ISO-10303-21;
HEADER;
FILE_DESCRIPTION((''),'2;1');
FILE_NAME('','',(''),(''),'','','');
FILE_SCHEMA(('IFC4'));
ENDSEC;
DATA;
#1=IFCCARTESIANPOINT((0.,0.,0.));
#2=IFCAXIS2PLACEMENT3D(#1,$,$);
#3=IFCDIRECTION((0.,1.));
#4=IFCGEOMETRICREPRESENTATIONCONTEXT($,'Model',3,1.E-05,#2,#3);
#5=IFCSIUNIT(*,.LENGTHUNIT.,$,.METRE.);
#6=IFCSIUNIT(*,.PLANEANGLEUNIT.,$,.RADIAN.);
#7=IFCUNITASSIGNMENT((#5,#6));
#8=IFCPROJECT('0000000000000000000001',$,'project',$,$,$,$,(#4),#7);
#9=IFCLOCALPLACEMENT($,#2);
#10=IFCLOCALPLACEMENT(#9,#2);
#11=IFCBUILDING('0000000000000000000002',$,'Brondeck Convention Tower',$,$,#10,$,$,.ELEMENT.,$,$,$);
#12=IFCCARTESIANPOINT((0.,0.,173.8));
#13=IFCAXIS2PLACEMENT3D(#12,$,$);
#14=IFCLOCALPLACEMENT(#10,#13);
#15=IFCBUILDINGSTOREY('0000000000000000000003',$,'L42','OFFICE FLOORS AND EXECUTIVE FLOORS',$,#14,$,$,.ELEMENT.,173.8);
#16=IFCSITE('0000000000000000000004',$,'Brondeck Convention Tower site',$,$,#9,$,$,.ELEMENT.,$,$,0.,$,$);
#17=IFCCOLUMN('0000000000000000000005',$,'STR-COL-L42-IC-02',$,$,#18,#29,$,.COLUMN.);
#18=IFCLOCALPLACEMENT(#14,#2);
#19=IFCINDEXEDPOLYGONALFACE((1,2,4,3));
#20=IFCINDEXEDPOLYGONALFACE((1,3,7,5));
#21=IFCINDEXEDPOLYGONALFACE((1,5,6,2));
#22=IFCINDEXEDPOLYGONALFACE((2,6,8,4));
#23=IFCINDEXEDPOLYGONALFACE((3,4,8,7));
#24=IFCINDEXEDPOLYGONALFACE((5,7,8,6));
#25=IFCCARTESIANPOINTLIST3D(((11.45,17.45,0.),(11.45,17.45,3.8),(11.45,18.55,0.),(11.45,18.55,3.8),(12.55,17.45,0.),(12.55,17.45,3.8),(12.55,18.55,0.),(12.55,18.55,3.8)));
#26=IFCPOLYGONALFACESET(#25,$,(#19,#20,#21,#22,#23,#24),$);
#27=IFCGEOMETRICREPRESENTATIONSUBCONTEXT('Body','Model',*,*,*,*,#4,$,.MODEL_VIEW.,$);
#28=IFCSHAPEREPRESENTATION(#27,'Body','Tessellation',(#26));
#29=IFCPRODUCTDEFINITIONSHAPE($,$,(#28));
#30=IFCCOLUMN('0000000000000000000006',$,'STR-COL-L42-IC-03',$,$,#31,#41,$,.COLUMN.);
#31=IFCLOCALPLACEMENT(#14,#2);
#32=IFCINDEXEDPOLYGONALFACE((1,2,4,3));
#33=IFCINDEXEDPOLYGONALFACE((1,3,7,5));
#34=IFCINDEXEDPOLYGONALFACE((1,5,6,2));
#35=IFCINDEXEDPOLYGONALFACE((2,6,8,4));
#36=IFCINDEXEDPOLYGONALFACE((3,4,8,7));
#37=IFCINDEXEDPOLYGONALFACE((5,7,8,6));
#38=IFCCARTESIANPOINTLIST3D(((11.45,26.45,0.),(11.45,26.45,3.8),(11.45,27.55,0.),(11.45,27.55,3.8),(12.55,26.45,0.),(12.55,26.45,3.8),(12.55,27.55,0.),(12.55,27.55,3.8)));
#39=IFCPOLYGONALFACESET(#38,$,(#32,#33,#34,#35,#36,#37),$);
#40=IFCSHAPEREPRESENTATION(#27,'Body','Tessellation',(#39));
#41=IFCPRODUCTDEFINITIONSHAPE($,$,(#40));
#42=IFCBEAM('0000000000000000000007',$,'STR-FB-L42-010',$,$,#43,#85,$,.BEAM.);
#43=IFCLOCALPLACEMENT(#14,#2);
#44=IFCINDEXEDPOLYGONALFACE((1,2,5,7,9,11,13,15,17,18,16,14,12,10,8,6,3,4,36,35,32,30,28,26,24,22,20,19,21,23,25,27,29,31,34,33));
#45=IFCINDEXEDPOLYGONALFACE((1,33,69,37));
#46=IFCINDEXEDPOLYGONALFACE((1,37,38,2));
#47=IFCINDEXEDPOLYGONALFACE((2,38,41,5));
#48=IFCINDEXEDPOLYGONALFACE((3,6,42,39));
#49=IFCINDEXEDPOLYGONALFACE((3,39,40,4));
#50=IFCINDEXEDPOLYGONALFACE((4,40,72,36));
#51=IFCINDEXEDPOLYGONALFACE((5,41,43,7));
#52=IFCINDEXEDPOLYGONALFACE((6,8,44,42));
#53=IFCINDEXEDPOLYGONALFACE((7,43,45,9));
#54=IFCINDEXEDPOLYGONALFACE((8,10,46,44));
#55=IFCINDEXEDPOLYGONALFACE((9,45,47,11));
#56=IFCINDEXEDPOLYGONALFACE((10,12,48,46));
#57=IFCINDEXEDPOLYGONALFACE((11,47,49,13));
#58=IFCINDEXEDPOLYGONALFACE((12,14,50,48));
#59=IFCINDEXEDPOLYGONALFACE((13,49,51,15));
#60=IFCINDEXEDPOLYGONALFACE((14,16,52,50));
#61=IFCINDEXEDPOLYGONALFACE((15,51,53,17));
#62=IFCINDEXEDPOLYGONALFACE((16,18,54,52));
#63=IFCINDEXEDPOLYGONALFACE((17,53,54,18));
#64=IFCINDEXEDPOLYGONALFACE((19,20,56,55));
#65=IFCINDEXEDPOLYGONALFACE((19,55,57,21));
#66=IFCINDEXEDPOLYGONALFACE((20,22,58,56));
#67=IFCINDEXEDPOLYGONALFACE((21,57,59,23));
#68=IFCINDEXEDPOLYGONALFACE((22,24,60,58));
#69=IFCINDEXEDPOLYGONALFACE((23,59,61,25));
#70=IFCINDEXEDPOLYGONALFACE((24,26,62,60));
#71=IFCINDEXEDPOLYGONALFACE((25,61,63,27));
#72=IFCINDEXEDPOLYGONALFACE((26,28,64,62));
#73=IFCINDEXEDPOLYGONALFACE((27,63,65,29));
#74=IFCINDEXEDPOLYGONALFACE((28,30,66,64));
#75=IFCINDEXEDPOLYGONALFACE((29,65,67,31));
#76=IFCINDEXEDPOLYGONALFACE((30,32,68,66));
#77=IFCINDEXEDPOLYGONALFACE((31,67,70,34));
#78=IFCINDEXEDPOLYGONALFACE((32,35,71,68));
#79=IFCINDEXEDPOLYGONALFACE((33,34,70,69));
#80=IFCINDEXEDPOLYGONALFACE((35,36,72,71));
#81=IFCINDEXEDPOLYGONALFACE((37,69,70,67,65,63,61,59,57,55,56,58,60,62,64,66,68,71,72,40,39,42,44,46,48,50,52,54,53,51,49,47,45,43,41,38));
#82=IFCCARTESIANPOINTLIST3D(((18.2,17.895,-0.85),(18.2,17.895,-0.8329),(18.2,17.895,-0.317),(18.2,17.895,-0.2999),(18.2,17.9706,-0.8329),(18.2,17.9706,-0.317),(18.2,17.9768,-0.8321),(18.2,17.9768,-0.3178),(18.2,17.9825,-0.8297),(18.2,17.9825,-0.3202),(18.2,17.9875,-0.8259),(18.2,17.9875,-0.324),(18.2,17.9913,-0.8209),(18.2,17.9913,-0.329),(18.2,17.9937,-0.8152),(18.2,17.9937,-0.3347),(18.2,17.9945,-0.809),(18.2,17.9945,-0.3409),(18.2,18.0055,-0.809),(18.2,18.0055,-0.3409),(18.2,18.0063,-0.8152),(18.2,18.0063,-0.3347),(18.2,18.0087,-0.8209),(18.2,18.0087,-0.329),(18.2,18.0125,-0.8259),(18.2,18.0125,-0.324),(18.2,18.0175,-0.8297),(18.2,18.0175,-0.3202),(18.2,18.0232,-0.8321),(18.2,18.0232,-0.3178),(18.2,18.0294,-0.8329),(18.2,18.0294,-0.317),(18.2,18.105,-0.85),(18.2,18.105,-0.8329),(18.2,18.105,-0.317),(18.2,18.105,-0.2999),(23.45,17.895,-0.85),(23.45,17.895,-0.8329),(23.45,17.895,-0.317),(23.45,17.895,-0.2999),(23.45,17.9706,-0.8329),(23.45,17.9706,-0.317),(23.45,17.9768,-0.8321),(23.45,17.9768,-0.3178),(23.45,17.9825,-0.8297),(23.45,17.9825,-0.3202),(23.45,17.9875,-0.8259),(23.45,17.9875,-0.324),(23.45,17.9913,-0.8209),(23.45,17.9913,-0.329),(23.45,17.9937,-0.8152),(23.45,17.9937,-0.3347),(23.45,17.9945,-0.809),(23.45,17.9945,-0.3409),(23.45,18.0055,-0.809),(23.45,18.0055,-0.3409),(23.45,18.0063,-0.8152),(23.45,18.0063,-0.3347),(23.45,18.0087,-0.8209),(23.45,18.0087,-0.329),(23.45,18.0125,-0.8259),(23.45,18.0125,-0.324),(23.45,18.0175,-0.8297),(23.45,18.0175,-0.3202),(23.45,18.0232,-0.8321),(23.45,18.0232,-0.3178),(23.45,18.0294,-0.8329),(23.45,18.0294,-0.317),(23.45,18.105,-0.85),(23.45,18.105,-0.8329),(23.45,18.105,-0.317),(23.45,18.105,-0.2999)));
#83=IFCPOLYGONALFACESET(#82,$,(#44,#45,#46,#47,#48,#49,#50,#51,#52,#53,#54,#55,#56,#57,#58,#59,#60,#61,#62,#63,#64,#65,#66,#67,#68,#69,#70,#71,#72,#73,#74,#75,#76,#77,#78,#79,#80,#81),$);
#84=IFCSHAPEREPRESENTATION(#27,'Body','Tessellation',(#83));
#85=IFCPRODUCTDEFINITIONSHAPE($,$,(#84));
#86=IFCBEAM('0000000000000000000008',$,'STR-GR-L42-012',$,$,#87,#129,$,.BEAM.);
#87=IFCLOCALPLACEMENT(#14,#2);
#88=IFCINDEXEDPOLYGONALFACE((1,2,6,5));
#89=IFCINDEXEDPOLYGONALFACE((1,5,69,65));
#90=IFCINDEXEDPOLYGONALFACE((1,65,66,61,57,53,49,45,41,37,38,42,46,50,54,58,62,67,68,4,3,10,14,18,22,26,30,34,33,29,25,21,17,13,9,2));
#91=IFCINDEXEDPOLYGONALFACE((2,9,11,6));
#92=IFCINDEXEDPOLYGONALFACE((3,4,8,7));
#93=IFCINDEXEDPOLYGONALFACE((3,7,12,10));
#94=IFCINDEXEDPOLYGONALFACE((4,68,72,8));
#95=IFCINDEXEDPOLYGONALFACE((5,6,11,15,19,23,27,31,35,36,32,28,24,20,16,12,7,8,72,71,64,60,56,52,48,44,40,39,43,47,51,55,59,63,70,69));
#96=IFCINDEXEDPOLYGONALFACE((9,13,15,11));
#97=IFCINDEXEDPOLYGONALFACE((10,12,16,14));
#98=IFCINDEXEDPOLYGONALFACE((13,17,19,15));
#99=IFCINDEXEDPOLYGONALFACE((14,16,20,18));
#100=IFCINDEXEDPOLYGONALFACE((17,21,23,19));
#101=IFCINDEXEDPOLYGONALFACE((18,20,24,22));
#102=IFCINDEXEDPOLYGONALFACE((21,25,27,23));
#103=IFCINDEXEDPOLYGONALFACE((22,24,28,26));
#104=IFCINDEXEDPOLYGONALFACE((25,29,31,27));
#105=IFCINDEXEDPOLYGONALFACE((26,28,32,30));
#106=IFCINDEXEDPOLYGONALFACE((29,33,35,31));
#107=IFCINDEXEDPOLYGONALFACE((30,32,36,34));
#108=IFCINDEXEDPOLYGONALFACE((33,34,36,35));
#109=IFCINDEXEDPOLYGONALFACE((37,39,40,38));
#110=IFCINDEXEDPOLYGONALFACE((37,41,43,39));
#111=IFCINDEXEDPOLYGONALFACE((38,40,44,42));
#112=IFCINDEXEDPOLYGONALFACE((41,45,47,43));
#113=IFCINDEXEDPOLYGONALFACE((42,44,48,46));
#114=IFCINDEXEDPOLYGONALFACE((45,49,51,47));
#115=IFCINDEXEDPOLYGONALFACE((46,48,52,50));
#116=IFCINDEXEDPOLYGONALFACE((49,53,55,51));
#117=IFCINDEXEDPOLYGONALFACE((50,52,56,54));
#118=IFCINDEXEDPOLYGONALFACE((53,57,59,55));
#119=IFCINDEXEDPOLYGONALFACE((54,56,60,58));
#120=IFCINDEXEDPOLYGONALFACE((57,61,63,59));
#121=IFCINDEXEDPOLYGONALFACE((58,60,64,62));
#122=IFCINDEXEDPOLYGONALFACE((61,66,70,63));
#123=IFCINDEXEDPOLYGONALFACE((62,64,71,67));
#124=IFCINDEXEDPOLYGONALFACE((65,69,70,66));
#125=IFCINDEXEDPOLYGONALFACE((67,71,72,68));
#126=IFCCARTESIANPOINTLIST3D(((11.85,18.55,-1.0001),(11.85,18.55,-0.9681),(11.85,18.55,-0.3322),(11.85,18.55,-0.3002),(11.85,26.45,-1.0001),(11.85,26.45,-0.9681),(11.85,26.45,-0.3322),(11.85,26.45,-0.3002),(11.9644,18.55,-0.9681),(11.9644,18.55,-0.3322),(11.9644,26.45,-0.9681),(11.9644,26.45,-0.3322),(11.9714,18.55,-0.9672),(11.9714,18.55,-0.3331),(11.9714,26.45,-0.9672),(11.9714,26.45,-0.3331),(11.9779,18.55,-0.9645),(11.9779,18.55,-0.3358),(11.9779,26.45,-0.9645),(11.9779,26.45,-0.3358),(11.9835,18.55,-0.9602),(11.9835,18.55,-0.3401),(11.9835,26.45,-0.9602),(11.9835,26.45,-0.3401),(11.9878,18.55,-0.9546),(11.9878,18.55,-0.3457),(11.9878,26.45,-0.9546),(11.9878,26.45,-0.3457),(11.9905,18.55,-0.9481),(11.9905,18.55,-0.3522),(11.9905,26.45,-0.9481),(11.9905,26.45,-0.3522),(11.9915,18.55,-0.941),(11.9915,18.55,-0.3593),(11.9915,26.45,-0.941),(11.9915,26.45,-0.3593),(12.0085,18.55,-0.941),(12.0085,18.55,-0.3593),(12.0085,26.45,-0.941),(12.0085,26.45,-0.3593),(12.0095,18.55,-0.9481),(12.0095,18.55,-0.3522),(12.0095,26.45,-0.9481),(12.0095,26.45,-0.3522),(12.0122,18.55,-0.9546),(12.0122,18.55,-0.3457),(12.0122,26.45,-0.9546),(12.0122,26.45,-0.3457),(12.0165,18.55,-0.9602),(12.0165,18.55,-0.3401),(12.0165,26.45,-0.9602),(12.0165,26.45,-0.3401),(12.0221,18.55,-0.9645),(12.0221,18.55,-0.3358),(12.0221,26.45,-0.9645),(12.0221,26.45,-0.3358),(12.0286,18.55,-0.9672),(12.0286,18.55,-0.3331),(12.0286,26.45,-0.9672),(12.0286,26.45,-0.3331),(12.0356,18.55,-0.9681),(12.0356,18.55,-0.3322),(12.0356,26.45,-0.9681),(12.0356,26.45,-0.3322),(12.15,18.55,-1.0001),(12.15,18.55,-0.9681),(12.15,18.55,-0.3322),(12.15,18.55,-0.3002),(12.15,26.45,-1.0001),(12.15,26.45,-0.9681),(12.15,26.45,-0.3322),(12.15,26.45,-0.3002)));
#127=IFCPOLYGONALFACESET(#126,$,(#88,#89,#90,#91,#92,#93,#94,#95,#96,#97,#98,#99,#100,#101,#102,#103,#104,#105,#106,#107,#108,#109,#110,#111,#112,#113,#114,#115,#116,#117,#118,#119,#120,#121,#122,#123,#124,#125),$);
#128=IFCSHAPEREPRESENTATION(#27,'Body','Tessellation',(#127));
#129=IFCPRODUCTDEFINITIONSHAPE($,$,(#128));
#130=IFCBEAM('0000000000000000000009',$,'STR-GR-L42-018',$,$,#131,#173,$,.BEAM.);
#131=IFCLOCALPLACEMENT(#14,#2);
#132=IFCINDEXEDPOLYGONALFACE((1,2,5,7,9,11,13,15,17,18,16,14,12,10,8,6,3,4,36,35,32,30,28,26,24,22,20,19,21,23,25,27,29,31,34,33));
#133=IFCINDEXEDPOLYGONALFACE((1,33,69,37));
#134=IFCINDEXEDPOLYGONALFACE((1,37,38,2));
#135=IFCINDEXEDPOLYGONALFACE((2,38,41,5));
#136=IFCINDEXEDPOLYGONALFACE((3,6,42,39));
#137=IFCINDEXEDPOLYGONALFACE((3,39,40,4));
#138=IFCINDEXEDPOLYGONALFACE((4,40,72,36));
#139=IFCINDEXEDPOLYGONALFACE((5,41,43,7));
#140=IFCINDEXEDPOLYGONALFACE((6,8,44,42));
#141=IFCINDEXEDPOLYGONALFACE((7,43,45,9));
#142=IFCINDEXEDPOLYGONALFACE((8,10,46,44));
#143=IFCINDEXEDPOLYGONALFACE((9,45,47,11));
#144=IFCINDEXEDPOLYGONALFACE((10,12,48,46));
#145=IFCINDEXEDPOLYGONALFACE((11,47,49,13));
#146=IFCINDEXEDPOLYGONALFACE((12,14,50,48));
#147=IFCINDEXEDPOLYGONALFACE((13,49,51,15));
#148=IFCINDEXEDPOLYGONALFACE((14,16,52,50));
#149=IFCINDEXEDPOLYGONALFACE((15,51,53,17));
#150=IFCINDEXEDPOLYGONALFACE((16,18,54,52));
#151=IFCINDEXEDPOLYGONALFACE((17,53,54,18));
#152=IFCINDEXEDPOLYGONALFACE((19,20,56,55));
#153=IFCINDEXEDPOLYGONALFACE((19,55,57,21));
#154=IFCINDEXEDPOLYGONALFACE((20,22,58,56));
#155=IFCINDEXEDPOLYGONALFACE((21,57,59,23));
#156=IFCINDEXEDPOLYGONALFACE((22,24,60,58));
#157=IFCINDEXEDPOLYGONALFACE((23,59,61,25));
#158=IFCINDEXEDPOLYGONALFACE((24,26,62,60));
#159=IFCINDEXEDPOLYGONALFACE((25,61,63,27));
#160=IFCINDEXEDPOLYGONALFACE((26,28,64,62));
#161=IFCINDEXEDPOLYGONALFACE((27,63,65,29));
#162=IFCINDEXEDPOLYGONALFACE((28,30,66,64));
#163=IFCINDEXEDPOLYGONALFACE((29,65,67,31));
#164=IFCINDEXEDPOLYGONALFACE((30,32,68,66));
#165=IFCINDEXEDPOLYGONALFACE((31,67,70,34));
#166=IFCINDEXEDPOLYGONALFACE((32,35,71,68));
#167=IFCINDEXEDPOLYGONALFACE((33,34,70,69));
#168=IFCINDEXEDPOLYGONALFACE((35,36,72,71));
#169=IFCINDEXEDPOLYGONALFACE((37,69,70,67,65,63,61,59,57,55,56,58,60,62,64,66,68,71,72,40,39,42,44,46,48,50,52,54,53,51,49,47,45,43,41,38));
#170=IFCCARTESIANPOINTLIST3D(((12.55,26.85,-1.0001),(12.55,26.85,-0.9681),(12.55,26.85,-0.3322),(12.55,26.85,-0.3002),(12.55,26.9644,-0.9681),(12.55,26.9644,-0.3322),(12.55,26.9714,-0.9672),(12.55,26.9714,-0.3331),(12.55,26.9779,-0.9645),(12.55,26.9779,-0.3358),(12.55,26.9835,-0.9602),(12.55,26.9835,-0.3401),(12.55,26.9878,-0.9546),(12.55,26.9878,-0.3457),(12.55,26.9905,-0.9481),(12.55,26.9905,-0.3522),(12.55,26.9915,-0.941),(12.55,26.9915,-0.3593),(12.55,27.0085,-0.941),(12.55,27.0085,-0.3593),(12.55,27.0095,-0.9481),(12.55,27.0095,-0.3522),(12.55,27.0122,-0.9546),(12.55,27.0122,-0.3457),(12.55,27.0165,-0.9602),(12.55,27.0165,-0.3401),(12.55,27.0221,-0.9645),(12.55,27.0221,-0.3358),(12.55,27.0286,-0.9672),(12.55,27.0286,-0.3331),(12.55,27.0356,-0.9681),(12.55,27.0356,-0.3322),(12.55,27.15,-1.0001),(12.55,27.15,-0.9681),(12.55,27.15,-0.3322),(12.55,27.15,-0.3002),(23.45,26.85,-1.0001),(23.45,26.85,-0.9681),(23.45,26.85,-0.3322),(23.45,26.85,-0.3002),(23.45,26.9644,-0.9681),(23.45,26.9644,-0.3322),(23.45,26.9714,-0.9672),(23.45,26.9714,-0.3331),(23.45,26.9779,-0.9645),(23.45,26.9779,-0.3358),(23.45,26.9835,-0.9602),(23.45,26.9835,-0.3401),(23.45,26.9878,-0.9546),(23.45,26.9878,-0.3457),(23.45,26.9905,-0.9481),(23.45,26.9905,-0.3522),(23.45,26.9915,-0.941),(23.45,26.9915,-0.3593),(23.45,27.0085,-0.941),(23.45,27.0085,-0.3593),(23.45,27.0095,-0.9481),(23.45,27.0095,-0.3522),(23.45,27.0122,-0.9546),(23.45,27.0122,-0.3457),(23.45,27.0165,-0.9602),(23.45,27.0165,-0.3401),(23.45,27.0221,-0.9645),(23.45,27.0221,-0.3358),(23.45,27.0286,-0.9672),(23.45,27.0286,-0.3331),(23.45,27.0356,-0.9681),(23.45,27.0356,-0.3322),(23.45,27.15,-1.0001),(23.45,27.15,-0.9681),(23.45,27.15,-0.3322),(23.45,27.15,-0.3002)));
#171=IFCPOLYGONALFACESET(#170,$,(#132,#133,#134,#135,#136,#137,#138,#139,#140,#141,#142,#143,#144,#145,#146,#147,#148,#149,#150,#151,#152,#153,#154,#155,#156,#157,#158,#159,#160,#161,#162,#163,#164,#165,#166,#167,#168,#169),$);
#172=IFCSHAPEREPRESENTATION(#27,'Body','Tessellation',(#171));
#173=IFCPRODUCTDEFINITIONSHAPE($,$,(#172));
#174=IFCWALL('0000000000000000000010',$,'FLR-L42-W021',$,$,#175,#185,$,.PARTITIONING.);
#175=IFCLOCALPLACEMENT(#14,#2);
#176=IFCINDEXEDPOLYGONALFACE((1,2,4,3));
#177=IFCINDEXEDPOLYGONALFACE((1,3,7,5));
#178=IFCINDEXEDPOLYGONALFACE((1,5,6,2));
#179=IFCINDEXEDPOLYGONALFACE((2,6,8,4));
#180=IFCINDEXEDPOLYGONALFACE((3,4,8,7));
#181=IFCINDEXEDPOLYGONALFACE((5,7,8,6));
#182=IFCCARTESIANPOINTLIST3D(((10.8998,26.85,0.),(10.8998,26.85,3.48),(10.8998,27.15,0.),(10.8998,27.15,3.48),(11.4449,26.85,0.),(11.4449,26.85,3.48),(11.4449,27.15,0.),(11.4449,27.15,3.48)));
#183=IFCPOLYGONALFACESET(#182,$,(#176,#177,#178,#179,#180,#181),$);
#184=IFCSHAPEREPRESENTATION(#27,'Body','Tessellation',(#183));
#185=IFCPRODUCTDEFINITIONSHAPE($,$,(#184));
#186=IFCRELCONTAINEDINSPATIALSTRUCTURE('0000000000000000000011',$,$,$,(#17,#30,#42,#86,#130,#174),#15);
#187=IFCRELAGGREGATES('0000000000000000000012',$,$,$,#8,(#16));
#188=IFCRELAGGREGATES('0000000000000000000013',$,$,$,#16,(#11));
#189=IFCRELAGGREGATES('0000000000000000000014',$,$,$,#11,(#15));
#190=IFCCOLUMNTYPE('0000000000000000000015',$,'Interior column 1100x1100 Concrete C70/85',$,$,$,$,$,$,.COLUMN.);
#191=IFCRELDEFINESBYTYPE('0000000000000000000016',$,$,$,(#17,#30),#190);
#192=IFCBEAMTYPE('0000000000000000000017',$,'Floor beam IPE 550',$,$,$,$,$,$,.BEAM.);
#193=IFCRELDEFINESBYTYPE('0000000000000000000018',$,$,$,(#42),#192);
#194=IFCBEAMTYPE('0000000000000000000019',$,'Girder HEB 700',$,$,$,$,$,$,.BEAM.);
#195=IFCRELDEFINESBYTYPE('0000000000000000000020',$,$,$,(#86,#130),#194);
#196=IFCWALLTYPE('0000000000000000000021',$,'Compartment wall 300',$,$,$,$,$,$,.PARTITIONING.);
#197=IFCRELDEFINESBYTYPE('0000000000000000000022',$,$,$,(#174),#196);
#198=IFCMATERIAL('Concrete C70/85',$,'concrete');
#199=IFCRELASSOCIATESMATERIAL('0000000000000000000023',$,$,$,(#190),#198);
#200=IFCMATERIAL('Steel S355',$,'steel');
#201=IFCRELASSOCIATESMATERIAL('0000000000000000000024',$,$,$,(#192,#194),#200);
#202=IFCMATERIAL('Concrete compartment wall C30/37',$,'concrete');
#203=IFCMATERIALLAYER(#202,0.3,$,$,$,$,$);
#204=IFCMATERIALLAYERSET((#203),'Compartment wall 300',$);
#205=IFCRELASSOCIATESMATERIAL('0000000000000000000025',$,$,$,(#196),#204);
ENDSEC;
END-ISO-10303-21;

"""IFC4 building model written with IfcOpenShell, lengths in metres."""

from ifc_helpers import new_model, si_unit, direction, frame, frame_2d, origin, origin_2d, place, context, subcontext, project, spatial, rectangle, i_section, extrude, material, layer, layer_set, material_profile, profile_set, type_object, element, save


model = new_model("IFC4")

# Units and contexts
model_context = context("Model", 3, precision=1e-05, world=origin(), true_north=direction((0.0, 1.0)))
body_context = subcontext(model_context, "Body", "Model", "MODEL_VIEW")
ifc_project = project(units=[si_unit("LENGTHUNIT", "METRE"), si_unit("PLANEANGLEUNIT", "RADIAN")], contexts=[model_context])

# Site, building, storey
site_placement = place(None, origin())
site = spatial("IfcSite", under=ifc_project, at=site_placement, Name="Brondeck Convention Tower site", CompositionType="ELEMENT", RefElevation=0.0)
building_placement = place(site_placement, origin())
building = spatial("IfcBuilding", under=site, at=building_placement, Name="Brondeck Convention Tower", CompositionType="ELEMENT")
storey_placement = place(building_placement, frame((0.0, 0.0, 173.8)))
storey = spatial("IfcBuildingStorey", under=building, at=storey_placement, Name="L42", Description="OFFICE FLOORS AND EXECUTIVE FLOORS", CompositionType="ELEMENT", Elevation=173.8)

# Columns
ifc_material_1 = material(Name="Concrete C70/85", Category="concrete")
ifc_material_profile_1 = material_profile(ifc_material_1, rectangle(XDim=1.1001, YDim=1.1001, at=origin_2d()), Name="Interior column 1100x1100 Concrete C70/85")
ifc_profile_set_1 = profile_set([ifc_material_profile_1], Name="Concrete C70/85")
column_type = type_object("IfcColumnType", Name="Interior column 1100x1100 Concrete C70/85", PredefinedType="COLUMN", material=ifc_profile_set_1)
for number, where, z_axis, x_axis, name in (
    (1, (12.0, 18.0, 0.0), (0.0, 0.0, 1.0), (1.0, 0.0, 0.0), "STR-COL-L42-IC-02"),
    (2, (12.0, 27.0, 0.0), (0.0, 0.0, 1.0), (1.0, 0.0, 0.0), "STR-COL-L42-IC-03"),
):
    element("IfcColumn", number, at=place(storey_placement, frame(where, z_axis=z_axis, x_axis=x_axis)), inside=storey, type_object=column_type, Name=name, PredefinedType="COLUMN", context=body_context, shape_type="SweptSolid", body=[
        extrude(rectangle(XDim=1.1001, YDim=1.1001, at=origin_2d()), origin(), (0.0, 0.0, 1.0), 3.8),
    ])

# Beams
ifc_material_2 = material(Name="Steel S355", Category="steel")
ifc_material_profile_2 = material_profile(ifc_material_2, i_section(OverallWidth=0.21, OverallDepth=0.55, WebThickness=0.011, FlangeThickness=0.0171, FilletRadius=0.0239, at=origin_2d()), Name="IPE 550")
ifc_profile_set_2 = profile_set([ifc_material_profile_2], Name="Steel S355")
beam_type_1 = type_object("IfcBeamType", Name="Floor beam IPE 550", PredefinedType="BEAM", material=ifc_profile_set_2)
beam_1_placement = place(storey_placement, frame((18.2, 18.0, -0.575), z_axis=(1.0, 0.0, 0.0), x_axis=(0.0, 1.0, 0.0)))
element("IfcBeam", 3, at=beam_1_placement, inside=storey, type_object=beam_type_1, Name="STR-FB-L42-010", PredefinedType="BEAM", context=body_context, shape_type="SweptSolid", body=[
    extrude(i_section(OverallWidth=0.21, OverallDepth=0.55, WebThickness=0.011, FlangeThickness=0.0171, FilletRadius=0.0239, at=origin_2d()), origin(), (0.0, 0.0, 1.0), 5.25),
])
ifc_material_profile_3 = material_profile(ifc_material_2, i_section(OverallWidth=0.3, OverallDepth=0.7, WebThickness=0.0171, FlangeThickness=0.032, FilletRadius=0.0271, at=origin_2d()), Name="HEB 700")
ifc_profile_set_3 = profile_set([ifc_material_profile_3], Name="Steel S355")
beam_type_2 = type_object("IfcBeamType", Name="Girder HEB 700", PredefinedType="BEAM", material=ifc_profile_set_3)
beam_2_placement = place(storey_placement, frame((12.0, 26.45, -0.6501), z_axis=(0.0, -1.0, 0.0), x_axis=(1.0, 0.0, 0.0)))
element("IfcBeam", 4, at=beam_2_placement, inside=storey, type_object=beam_type_2, Name="STR-GR-L42-012", PredefinedType="BEAM", context=body_context, shape_type="SweptSolid", body=[
    extrude(i_section(OverallWidth=0.3, OverallDepth=0.7, WebThickness=0.0171, FlangeThickness=0.032, FilletRadius=0.0271, at=origin_2d()), origin(), (0.0, 0.0, 1.0), 7.8999),
])
beam_3_placement = place(storey_placement, frame((12.55, 27.0, -0.6501), z_axis=(1.0, 0.0, 0.0), x_axis=(0.0, 1.0, 0.0)))
element("IfcBeam", 5, at=beam_3_placement, inside=storey, type_object=beam_type_2, Name="STR-GR-L42-018", PredefinedType="BEAM", context=body_context, shape_type="SweptSolid", body=[
    extrude(i_section(OverallWidth=0.3, OverallDepth=0.7, WebThickness=0.0171, FlangeThickness=0.032, FilletRadius=0.0271, at=origin_2d()), origin(), (0.0, 0.0, 1.0), 10.8999),
])

# Wall
ifc_material_3 = material(Name="Concrete compartment wall C30/37", Category="concrete")
ifc_layer_1 = layer(ifc_material_3, 0.3)
ifc_layer_set_1 = layer_set([ifc_layer_1], Name="Compartment wall 300")
wall_type_1 = type_object("IfcWallType", Name="Compartment wall 300", PredefinedType="PARTITIONING", material=ifc_layer_set_1)
wall_1_placement = place(storey_placement, frame((10.8999, 27.0, 0.0), z_axis=(0.0, 0.0, 1.0), x_axis=(1.0, 0.0, 0.0)))
element("IfcWall", 6, at=wall_1_placement, inside=storey, type_object=wall_type_1, Name="FLR-L42-W021", PredefinedType="PARTITIONING", context=body_context, shape_type="SweptSolid", body=[
    extrude(rectangle(XDim=0.5452, YDim=0.3, at=frame_2d((0.2725, 0.0))), origin(), (0.0, 0.0, 1.0), 3.48),
])

save(model, "model.ifc")
